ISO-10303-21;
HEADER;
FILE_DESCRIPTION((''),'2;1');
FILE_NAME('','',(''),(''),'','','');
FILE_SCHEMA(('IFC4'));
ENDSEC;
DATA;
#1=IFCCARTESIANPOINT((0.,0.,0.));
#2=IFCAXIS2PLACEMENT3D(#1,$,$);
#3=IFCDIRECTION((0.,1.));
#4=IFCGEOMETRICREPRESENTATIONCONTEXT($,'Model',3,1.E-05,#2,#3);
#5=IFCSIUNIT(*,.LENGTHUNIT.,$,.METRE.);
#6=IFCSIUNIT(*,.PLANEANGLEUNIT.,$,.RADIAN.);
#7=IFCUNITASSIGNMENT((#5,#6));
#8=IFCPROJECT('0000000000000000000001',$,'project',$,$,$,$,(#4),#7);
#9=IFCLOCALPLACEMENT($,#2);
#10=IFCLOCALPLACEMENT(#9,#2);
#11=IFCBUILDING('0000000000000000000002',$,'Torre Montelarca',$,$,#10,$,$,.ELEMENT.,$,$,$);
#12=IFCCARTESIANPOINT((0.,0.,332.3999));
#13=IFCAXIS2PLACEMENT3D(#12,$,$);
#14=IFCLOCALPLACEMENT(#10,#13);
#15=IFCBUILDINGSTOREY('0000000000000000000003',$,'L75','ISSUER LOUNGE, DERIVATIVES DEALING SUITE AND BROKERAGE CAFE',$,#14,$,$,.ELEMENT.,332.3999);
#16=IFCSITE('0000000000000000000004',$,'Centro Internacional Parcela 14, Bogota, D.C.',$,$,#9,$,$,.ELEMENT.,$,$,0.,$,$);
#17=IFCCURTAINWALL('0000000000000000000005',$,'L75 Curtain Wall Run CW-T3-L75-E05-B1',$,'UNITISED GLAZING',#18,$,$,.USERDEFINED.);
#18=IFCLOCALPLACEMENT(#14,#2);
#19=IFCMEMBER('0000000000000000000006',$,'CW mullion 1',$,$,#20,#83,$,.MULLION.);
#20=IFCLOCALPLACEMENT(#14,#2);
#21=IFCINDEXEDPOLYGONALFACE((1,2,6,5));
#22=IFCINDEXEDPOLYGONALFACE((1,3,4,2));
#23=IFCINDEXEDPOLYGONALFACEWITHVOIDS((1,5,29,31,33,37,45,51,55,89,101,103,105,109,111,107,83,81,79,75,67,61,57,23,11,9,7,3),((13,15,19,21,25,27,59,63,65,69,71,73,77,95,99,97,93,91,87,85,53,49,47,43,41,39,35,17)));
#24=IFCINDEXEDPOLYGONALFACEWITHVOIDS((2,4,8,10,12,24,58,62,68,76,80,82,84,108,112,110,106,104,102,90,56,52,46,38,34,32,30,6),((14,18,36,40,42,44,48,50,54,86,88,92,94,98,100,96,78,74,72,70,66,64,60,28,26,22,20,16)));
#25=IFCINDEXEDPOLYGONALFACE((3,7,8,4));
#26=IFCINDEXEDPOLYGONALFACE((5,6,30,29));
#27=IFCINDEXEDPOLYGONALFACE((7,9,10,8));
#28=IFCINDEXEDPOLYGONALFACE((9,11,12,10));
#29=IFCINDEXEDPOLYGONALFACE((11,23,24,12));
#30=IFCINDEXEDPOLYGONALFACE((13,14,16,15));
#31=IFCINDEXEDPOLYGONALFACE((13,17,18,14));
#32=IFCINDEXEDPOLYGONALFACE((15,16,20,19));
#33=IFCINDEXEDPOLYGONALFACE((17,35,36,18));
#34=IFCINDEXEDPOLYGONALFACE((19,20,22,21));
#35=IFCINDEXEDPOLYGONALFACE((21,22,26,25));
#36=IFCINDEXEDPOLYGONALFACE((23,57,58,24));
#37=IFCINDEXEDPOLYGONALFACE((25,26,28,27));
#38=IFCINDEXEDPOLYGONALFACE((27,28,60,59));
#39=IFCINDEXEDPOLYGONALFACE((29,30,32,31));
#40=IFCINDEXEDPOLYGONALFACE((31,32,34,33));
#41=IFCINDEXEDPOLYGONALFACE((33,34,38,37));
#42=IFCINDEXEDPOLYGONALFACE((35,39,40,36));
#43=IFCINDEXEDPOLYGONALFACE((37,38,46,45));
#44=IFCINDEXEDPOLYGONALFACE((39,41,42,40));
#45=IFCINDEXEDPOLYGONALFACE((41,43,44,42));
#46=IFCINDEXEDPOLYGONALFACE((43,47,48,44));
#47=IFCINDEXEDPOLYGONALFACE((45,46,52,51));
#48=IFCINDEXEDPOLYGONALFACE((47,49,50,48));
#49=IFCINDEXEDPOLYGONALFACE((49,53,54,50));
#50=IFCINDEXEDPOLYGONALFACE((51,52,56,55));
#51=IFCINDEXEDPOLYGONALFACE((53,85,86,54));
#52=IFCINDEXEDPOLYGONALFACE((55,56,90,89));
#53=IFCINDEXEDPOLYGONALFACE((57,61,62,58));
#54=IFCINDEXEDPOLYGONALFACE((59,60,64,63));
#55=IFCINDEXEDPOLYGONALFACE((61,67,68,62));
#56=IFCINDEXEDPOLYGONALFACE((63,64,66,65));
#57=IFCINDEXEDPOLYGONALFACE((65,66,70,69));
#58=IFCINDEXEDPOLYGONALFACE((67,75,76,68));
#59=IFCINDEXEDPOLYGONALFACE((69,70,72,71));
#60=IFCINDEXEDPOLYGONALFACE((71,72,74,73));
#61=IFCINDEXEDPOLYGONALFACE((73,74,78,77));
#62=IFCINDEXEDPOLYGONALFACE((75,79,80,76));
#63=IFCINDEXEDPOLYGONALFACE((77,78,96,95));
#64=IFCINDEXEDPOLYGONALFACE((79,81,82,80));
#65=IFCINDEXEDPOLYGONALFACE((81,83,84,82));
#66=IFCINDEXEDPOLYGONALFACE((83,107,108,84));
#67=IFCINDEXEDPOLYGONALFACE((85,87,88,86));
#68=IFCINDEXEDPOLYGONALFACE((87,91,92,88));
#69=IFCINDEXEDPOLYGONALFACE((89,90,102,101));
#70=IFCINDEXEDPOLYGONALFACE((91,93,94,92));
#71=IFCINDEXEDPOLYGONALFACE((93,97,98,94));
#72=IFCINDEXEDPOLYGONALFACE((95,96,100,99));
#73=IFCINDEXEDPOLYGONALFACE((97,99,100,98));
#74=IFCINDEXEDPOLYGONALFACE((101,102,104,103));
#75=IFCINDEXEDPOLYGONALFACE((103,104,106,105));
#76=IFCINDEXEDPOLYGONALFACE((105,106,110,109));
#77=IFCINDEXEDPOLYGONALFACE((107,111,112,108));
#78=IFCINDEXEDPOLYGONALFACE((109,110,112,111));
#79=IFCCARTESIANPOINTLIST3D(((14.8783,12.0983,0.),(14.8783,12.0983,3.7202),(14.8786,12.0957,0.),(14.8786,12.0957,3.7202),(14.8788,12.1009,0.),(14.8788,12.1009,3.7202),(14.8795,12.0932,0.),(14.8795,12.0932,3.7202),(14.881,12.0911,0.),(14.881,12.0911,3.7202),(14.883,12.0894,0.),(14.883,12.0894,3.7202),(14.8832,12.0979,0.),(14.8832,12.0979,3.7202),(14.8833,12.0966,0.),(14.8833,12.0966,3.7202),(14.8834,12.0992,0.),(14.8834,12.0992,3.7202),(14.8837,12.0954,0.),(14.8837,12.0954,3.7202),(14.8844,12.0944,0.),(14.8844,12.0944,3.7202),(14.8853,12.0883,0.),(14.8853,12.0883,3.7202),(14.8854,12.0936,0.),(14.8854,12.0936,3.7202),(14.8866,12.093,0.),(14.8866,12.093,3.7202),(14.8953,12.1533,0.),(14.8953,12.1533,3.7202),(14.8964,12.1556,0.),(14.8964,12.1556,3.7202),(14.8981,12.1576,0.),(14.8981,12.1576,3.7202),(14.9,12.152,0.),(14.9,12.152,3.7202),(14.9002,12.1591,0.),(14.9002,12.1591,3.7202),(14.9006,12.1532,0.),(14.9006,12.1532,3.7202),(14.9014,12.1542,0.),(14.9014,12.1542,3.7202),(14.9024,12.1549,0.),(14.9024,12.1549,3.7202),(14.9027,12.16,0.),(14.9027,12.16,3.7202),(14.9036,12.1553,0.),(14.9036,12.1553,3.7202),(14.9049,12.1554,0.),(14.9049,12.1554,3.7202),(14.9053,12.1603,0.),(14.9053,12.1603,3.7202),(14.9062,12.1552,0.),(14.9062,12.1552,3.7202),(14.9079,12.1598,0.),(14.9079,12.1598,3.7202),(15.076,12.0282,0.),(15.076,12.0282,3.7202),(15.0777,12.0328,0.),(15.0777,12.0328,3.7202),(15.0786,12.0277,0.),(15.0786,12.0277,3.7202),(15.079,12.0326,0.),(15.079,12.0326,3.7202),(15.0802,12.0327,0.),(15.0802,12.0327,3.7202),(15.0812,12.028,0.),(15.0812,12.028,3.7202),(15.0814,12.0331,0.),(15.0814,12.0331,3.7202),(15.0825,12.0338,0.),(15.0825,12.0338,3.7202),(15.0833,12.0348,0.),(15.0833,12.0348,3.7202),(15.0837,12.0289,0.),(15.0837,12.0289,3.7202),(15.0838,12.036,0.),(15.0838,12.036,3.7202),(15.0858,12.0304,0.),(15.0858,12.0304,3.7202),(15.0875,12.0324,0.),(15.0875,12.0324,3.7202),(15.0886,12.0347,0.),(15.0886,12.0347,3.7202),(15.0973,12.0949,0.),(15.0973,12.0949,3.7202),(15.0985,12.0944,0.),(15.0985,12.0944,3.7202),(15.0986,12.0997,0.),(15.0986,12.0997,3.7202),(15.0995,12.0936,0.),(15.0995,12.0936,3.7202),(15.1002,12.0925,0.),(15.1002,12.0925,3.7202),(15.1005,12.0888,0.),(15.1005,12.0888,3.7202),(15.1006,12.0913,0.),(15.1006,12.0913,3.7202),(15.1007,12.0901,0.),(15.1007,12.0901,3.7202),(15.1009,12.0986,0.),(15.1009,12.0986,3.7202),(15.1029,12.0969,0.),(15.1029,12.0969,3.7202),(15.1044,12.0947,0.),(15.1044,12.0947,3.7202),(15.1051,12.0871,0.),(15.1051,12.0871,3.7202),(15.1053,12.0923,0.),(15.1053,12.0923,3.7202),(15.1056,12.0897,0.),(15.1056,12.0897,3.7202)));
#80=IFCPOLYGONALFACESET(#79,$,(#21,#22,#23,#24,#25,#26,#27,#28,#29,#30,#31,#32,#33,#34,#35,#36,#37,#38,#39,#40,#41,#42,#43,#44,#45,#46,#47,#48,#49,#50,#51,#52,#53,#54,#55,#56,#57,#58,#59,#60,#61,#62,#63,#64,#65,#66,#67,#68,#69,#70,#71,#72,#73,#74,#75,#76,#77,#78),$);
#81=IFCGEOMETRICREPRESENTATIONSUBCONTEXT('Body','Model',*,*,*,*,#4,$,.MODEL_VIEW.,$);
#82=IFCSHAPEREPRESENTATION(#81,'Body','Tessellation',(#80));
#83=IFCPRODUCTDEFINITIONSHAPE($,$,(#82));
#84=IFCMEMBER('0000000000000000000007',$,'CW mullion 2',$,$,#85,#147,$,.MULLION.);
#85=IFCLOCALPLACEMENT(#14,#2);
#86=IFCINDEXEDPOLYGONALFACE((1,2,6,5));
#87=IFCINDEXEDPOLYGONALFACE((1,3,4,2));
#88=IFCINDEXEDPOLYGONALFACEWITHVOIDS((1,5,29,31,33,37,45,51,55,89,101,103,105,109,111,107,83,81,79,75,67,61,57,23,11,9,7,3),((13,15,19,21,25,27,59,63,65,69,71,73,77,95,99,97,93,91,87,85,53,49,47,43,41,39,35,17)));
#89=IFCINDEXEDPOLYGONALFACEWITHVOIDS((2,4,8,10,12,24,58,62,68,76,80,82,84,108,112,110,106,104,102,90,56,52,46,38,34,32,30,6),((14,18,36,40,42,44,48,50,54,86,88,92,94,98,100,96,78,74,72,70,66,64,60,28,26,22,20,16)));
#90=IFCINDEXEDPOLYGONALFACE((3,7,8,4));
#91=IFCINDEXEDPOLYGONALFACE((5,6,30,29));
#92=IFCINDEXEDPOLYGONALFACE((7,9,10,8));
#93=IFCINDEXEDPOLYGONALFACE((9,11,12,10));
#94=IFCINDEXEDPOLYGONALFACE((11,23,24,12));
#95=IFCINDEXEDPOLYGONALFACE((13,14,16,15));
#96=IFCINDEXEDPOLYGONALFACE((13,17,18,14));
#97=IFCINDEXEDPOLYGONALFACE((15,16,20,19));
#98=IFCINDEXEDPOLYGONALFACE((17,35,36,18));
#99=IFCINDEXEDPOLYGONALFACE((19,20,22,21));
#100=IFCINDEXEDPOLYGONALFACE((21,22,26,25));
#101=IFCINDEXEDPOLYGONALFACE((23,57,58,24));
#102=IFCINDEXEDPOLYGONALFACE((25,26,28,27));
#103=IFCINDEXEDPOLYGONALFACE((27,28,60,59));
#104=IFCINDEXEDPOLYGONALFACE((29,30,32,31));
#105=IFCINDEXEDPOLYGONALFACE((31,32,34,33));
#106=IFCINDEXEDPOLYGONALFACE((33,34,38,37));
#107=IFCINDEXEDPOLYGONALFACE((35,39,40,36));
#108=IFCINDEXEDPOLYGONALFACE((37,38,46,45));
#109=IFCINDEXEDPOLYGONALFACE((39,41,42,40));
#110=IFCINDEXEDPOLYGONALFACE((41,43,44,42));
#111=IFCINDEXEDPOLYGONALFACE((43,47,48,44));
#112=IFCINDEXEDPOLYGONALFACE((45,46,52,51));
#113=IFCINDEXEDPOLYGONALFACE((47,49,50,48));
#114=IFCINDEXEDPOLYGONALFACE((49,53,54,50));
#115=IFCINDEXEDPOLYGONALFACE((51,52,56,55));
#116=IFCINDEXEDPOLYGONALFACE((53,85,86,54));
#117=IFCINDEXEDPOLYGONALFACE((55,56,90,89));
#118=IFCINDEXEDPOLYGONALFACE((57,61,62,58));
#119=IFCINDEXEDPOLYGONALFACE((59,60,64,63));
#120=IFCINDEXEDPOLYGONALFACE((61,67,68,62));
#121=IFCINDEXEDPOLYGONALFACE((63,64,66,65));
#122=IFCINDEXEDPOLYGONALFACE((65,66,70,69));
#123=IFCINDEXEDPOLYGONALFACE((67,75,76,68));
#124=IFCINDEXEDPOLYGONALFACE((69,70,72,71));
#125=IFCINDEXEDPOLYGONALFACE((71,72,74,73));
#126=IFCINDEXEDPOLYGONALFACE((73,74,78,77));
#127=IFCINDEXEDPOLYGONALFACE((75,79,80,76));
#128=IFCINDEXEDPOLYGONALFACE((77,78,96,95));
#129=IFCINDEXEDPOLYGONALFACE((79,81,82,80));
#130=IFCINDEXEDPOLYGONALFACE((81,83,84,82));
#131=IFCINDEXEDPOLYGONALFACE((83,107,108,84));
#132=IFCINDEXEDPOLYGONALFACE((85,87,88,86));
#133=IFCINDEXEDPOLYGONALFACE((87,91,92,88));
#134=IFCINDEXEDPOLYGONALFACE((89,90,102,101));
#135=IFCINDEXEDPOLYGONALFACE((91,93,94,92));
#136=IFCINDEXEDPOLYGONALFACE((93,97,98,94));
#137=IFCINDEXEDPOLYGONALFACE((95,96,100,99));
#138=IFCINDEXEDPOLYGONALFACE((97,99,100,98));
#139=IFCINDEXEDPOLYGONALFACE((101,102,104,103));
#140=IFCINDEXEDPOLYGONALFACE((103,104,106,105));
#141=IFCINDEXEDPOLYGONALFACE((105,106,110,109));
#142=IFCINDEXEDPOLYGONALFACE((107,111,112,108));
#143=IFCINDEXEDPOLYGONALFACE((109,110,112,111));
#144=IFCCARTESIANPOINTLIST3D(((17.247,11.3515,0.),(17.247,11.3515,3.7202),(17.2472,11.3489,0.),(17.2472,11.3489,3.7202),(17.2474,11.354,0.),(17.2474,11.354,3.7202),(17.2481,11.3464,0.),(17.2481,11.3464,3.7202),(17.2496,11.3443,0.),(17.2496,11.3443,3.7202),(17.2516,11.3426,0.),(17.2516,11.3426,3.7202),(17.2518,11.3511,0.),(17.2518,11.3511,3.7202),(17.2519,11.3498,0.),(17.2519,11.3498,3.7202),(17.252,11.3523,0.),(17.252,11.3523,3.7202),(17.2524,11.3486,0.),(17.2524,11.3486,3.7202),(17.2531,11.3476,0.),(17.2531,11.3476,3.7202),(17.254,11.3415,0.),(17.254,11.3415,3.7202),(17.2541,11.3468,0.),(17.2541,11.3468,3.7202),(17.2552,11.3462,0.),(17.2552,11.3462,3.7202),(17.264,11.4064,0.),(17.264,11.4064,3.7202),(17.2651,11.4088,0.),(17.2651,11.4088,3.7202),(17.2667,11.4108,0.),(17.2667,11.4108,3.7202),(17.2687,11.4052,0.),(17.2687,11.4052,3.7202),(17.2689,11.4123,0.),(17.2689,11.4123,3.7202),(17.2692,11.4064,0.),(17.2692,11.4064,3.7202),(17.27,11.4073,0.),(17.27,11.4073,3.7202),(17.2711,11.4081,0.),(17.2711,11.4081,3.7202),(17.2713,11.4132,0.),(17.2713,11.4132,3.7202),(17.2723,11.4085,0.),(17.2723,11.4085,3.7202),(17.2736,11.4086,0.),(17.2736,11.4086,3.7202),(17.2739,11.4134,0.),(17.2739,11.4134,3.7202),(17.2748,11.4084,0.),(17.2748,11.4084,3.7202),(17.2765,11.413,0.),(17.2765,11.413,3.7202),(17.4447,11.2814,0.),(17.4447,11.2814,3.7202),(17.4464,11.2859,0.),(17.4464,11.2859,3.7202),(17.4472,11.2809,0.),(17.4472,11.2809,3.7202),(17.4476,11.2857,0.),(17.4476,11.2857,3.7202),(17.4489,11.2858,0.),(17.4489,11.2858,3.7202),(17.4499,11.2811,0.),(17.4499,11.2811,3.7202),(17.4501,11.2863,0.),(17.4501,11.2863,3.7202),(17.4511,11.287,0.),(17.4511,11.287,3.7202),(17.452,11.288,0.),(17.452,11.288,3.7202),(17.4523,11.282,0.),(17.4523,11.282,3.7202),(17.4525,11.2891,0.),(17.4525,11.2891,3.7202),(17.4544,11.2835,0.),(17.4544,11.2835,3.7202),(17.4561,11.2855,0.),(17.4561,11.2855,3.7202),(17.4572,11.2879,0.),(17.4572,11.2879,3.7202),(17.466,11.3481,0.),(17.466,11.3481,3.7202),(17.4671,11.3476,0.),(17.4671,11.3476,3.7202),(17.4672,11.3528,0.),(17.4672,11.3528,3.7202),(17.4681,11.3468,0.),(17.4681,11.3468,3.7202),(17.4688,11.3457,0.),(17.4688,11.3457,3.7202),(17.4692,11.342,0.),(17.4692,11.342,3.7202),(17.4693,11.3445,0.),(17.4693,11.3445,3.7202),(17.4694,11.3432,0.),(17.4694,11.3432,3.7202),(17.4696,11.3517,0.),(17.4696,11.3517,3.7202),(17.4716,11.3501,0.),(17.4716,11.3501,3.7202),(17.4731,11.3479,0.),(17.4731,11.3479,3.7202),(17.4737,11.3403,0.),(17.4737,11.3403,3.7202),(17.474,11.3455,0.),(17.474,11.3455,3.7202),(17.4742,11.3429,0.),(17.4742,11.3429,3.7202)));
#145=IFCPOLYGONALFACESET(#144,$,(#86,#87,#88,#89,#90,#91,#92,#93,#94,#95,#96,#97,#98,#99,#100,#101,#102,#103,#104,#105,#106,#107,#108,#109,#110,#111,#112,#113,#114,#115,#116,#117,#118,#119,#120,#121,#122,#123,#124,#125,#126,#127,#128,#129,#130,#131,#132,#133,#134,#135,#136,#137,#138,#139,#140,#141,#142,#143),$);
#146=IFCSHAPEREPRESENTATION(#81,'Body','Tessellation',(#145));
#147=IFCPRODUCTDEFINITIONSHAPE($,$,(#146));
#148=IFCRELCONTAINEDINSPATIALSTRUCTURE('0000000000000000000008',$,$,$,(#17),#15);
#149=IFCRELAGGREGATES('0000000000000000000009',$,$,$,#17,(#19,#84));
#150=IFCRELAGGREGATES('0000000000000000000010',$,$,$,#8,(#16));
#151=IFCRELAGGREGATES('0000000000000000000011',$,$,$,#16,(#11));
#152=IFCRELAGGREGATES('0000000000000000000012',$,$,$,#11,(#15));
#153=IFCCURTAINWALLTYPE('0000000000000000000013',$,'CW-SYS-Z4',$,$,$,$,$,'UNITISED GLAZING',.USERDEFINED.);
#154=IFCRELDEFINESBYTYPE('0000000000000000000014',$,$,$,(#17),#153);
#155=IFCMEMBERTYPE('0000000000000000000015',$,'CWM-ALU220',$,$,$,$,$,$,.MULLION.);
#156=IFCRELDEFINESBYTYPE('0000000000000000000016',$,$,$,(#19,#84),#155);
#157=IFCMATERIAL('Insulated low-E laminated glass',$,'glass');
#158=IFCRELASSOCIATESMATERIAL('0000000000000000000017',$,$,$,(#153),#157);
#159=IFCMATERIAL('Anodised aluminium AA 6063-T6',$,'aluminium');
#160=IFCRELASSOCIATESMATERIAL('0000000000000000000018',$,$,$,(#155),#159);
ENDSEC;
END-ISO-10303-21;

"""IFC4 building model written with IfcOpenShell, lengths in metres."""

from ifc_helpers import new_model, si_unit, direction, frame, origin, origin_2d, place, context, subcontext, project, spatial, hollow_rectangle, extrude, source, transform, mapped, material, material_profile, profile_set, type_object, element, aggregate, save


model = new_model("IFC4")

# Units and contexts
model_context = context("Model", 3, precision=1e-05, world=origin(), true_north=direction((0.0, 1.0)))
body_context = subcontext(model_context, "Body", "Model", "MODEL_VIEW")
ifc_project = project(units=[si_unit("LENGTHUNIT", "METRE"), si_unit("PLANEANGLEUNIT", "RADIAN")], contexts=[model_context])

# Site, building, storey
site_placement = place(None, origin())
site = spatial("IfcSite", under=ifc_project, at=site_placement, Name="Centro Internacional Parcela 14, Bogota, D.C.", CompositionType="ELEMENT", RefElevation=0.0)
building_placement = place(site_placement, origin())
building = spatial("IfcBuilding", under=site, at=building_placement, Name="Torre Montelarca", CompositionType="ELEMENT")
storey_placement = place(building_placement, frame((0.0, 0.0, 332.3999)))
storey = spatial("IfcBuildingStorey", under=building, at=storey_placement, Name="L75", Description="ISSUER LOUNGE, DERIVATIVES DEALING SUITE AND BROKERAGE CAFE", CompositionType="ELEMENT", Elevation=332.3999)

# Curtain wall, members
ifc_material_1 = material(Name="Insulated low-E laminated glass", Category="glass")
curtain_wall_type = type_object("IfcCurtainWallType", Name="CW-SYS-Z4", ElementType="UNITISED GLAZING", PredefinedType="USERDEFINED", material=ifc_material_1)
ifc_material_2 = material(Name="Anodised aluminium AA 6063-T6", Category="aluminium")
ifc_material_profile_1 = material_profile(ifc_material_2, hollow_rectangle(XDim=0.075, YDim=0.22, WallThickness=0.0049, InnerFilletRadius=0.0049, OuterFilletRadius=0.01, at=origin_2d()), Name="ALU75X220X5", Category="aluminium")
ifc_profile_set_1 = profile_set([ifc_material_profile_1], Name="Anodised aluminium AA 6063-T6")
member_type_1 = type_object("IfcMemberType", Name="CWM-ALU220", PredefinedType="MULLION", material=ifc_profile_set_1)
shared_shape_1 = source(origin(), body_context, "Body", "SweptSolid", [
    extrude(hollow_rectangle(XDim=0.075, YDim=0.22, WallThickness=0.0049, InnerFilletRadius=0.0049, OuterFilletRadius=0.01, at=origin_2d()), origin(), (0.0, 0.0, 1.0), 3.7202),
])
curtain_wall_1_placement = place(storey_placement, origin())
curtain_wall_1 = element("IfcCurtainWall", 1, at=curtain_wall_1_placement, inside=storey, type_object=curtain_wall_type, Name="L75 Curtain Wall Run CW-T3-L75-E05-B1", ObjectType="UNITISED GLAZING", PredefinedType="USERDEFINED")
member_1_placement = place(storey_placement, frame((14.9919, 12.094, 0.0), z_axis=(0.0, 0.0, 1.0), x_axis=(0.300693, 0.953721, 0.0)))
member_1 = element("IfcMember", 2, at=member_1_placement, type_object=member_type_1, Name="CW mullion 1", PredefinedType="MULLION", context=body_context, shape_type="MappedRepresentation", body=[
    mapped(shared_shape_1, transform((0.0, 0.0, 0.0), scale=1.0)),
])
member_2_placement = place(storey_placement, frame((17.3606, 11.3472, 0.0), z_axis=(0.0, 0.0, 1.0), x_axis=(0.300693, 0.953721, 0.0)))
member_2 = element("IfcMember", 3, at=member_2_placement, type_object=member_type_1, Name="CW mullion 2", PredefinedType="MULLION", context=body_context, shape_type="MappedRepresentation", body=[
    mapped(shared_shape_1, transform((0.0, 0.0, 0.0), scale=1.0)),
])

aggregate(curtain_wall_1, [member_1, member_2])

save(model, "model.ifc")
